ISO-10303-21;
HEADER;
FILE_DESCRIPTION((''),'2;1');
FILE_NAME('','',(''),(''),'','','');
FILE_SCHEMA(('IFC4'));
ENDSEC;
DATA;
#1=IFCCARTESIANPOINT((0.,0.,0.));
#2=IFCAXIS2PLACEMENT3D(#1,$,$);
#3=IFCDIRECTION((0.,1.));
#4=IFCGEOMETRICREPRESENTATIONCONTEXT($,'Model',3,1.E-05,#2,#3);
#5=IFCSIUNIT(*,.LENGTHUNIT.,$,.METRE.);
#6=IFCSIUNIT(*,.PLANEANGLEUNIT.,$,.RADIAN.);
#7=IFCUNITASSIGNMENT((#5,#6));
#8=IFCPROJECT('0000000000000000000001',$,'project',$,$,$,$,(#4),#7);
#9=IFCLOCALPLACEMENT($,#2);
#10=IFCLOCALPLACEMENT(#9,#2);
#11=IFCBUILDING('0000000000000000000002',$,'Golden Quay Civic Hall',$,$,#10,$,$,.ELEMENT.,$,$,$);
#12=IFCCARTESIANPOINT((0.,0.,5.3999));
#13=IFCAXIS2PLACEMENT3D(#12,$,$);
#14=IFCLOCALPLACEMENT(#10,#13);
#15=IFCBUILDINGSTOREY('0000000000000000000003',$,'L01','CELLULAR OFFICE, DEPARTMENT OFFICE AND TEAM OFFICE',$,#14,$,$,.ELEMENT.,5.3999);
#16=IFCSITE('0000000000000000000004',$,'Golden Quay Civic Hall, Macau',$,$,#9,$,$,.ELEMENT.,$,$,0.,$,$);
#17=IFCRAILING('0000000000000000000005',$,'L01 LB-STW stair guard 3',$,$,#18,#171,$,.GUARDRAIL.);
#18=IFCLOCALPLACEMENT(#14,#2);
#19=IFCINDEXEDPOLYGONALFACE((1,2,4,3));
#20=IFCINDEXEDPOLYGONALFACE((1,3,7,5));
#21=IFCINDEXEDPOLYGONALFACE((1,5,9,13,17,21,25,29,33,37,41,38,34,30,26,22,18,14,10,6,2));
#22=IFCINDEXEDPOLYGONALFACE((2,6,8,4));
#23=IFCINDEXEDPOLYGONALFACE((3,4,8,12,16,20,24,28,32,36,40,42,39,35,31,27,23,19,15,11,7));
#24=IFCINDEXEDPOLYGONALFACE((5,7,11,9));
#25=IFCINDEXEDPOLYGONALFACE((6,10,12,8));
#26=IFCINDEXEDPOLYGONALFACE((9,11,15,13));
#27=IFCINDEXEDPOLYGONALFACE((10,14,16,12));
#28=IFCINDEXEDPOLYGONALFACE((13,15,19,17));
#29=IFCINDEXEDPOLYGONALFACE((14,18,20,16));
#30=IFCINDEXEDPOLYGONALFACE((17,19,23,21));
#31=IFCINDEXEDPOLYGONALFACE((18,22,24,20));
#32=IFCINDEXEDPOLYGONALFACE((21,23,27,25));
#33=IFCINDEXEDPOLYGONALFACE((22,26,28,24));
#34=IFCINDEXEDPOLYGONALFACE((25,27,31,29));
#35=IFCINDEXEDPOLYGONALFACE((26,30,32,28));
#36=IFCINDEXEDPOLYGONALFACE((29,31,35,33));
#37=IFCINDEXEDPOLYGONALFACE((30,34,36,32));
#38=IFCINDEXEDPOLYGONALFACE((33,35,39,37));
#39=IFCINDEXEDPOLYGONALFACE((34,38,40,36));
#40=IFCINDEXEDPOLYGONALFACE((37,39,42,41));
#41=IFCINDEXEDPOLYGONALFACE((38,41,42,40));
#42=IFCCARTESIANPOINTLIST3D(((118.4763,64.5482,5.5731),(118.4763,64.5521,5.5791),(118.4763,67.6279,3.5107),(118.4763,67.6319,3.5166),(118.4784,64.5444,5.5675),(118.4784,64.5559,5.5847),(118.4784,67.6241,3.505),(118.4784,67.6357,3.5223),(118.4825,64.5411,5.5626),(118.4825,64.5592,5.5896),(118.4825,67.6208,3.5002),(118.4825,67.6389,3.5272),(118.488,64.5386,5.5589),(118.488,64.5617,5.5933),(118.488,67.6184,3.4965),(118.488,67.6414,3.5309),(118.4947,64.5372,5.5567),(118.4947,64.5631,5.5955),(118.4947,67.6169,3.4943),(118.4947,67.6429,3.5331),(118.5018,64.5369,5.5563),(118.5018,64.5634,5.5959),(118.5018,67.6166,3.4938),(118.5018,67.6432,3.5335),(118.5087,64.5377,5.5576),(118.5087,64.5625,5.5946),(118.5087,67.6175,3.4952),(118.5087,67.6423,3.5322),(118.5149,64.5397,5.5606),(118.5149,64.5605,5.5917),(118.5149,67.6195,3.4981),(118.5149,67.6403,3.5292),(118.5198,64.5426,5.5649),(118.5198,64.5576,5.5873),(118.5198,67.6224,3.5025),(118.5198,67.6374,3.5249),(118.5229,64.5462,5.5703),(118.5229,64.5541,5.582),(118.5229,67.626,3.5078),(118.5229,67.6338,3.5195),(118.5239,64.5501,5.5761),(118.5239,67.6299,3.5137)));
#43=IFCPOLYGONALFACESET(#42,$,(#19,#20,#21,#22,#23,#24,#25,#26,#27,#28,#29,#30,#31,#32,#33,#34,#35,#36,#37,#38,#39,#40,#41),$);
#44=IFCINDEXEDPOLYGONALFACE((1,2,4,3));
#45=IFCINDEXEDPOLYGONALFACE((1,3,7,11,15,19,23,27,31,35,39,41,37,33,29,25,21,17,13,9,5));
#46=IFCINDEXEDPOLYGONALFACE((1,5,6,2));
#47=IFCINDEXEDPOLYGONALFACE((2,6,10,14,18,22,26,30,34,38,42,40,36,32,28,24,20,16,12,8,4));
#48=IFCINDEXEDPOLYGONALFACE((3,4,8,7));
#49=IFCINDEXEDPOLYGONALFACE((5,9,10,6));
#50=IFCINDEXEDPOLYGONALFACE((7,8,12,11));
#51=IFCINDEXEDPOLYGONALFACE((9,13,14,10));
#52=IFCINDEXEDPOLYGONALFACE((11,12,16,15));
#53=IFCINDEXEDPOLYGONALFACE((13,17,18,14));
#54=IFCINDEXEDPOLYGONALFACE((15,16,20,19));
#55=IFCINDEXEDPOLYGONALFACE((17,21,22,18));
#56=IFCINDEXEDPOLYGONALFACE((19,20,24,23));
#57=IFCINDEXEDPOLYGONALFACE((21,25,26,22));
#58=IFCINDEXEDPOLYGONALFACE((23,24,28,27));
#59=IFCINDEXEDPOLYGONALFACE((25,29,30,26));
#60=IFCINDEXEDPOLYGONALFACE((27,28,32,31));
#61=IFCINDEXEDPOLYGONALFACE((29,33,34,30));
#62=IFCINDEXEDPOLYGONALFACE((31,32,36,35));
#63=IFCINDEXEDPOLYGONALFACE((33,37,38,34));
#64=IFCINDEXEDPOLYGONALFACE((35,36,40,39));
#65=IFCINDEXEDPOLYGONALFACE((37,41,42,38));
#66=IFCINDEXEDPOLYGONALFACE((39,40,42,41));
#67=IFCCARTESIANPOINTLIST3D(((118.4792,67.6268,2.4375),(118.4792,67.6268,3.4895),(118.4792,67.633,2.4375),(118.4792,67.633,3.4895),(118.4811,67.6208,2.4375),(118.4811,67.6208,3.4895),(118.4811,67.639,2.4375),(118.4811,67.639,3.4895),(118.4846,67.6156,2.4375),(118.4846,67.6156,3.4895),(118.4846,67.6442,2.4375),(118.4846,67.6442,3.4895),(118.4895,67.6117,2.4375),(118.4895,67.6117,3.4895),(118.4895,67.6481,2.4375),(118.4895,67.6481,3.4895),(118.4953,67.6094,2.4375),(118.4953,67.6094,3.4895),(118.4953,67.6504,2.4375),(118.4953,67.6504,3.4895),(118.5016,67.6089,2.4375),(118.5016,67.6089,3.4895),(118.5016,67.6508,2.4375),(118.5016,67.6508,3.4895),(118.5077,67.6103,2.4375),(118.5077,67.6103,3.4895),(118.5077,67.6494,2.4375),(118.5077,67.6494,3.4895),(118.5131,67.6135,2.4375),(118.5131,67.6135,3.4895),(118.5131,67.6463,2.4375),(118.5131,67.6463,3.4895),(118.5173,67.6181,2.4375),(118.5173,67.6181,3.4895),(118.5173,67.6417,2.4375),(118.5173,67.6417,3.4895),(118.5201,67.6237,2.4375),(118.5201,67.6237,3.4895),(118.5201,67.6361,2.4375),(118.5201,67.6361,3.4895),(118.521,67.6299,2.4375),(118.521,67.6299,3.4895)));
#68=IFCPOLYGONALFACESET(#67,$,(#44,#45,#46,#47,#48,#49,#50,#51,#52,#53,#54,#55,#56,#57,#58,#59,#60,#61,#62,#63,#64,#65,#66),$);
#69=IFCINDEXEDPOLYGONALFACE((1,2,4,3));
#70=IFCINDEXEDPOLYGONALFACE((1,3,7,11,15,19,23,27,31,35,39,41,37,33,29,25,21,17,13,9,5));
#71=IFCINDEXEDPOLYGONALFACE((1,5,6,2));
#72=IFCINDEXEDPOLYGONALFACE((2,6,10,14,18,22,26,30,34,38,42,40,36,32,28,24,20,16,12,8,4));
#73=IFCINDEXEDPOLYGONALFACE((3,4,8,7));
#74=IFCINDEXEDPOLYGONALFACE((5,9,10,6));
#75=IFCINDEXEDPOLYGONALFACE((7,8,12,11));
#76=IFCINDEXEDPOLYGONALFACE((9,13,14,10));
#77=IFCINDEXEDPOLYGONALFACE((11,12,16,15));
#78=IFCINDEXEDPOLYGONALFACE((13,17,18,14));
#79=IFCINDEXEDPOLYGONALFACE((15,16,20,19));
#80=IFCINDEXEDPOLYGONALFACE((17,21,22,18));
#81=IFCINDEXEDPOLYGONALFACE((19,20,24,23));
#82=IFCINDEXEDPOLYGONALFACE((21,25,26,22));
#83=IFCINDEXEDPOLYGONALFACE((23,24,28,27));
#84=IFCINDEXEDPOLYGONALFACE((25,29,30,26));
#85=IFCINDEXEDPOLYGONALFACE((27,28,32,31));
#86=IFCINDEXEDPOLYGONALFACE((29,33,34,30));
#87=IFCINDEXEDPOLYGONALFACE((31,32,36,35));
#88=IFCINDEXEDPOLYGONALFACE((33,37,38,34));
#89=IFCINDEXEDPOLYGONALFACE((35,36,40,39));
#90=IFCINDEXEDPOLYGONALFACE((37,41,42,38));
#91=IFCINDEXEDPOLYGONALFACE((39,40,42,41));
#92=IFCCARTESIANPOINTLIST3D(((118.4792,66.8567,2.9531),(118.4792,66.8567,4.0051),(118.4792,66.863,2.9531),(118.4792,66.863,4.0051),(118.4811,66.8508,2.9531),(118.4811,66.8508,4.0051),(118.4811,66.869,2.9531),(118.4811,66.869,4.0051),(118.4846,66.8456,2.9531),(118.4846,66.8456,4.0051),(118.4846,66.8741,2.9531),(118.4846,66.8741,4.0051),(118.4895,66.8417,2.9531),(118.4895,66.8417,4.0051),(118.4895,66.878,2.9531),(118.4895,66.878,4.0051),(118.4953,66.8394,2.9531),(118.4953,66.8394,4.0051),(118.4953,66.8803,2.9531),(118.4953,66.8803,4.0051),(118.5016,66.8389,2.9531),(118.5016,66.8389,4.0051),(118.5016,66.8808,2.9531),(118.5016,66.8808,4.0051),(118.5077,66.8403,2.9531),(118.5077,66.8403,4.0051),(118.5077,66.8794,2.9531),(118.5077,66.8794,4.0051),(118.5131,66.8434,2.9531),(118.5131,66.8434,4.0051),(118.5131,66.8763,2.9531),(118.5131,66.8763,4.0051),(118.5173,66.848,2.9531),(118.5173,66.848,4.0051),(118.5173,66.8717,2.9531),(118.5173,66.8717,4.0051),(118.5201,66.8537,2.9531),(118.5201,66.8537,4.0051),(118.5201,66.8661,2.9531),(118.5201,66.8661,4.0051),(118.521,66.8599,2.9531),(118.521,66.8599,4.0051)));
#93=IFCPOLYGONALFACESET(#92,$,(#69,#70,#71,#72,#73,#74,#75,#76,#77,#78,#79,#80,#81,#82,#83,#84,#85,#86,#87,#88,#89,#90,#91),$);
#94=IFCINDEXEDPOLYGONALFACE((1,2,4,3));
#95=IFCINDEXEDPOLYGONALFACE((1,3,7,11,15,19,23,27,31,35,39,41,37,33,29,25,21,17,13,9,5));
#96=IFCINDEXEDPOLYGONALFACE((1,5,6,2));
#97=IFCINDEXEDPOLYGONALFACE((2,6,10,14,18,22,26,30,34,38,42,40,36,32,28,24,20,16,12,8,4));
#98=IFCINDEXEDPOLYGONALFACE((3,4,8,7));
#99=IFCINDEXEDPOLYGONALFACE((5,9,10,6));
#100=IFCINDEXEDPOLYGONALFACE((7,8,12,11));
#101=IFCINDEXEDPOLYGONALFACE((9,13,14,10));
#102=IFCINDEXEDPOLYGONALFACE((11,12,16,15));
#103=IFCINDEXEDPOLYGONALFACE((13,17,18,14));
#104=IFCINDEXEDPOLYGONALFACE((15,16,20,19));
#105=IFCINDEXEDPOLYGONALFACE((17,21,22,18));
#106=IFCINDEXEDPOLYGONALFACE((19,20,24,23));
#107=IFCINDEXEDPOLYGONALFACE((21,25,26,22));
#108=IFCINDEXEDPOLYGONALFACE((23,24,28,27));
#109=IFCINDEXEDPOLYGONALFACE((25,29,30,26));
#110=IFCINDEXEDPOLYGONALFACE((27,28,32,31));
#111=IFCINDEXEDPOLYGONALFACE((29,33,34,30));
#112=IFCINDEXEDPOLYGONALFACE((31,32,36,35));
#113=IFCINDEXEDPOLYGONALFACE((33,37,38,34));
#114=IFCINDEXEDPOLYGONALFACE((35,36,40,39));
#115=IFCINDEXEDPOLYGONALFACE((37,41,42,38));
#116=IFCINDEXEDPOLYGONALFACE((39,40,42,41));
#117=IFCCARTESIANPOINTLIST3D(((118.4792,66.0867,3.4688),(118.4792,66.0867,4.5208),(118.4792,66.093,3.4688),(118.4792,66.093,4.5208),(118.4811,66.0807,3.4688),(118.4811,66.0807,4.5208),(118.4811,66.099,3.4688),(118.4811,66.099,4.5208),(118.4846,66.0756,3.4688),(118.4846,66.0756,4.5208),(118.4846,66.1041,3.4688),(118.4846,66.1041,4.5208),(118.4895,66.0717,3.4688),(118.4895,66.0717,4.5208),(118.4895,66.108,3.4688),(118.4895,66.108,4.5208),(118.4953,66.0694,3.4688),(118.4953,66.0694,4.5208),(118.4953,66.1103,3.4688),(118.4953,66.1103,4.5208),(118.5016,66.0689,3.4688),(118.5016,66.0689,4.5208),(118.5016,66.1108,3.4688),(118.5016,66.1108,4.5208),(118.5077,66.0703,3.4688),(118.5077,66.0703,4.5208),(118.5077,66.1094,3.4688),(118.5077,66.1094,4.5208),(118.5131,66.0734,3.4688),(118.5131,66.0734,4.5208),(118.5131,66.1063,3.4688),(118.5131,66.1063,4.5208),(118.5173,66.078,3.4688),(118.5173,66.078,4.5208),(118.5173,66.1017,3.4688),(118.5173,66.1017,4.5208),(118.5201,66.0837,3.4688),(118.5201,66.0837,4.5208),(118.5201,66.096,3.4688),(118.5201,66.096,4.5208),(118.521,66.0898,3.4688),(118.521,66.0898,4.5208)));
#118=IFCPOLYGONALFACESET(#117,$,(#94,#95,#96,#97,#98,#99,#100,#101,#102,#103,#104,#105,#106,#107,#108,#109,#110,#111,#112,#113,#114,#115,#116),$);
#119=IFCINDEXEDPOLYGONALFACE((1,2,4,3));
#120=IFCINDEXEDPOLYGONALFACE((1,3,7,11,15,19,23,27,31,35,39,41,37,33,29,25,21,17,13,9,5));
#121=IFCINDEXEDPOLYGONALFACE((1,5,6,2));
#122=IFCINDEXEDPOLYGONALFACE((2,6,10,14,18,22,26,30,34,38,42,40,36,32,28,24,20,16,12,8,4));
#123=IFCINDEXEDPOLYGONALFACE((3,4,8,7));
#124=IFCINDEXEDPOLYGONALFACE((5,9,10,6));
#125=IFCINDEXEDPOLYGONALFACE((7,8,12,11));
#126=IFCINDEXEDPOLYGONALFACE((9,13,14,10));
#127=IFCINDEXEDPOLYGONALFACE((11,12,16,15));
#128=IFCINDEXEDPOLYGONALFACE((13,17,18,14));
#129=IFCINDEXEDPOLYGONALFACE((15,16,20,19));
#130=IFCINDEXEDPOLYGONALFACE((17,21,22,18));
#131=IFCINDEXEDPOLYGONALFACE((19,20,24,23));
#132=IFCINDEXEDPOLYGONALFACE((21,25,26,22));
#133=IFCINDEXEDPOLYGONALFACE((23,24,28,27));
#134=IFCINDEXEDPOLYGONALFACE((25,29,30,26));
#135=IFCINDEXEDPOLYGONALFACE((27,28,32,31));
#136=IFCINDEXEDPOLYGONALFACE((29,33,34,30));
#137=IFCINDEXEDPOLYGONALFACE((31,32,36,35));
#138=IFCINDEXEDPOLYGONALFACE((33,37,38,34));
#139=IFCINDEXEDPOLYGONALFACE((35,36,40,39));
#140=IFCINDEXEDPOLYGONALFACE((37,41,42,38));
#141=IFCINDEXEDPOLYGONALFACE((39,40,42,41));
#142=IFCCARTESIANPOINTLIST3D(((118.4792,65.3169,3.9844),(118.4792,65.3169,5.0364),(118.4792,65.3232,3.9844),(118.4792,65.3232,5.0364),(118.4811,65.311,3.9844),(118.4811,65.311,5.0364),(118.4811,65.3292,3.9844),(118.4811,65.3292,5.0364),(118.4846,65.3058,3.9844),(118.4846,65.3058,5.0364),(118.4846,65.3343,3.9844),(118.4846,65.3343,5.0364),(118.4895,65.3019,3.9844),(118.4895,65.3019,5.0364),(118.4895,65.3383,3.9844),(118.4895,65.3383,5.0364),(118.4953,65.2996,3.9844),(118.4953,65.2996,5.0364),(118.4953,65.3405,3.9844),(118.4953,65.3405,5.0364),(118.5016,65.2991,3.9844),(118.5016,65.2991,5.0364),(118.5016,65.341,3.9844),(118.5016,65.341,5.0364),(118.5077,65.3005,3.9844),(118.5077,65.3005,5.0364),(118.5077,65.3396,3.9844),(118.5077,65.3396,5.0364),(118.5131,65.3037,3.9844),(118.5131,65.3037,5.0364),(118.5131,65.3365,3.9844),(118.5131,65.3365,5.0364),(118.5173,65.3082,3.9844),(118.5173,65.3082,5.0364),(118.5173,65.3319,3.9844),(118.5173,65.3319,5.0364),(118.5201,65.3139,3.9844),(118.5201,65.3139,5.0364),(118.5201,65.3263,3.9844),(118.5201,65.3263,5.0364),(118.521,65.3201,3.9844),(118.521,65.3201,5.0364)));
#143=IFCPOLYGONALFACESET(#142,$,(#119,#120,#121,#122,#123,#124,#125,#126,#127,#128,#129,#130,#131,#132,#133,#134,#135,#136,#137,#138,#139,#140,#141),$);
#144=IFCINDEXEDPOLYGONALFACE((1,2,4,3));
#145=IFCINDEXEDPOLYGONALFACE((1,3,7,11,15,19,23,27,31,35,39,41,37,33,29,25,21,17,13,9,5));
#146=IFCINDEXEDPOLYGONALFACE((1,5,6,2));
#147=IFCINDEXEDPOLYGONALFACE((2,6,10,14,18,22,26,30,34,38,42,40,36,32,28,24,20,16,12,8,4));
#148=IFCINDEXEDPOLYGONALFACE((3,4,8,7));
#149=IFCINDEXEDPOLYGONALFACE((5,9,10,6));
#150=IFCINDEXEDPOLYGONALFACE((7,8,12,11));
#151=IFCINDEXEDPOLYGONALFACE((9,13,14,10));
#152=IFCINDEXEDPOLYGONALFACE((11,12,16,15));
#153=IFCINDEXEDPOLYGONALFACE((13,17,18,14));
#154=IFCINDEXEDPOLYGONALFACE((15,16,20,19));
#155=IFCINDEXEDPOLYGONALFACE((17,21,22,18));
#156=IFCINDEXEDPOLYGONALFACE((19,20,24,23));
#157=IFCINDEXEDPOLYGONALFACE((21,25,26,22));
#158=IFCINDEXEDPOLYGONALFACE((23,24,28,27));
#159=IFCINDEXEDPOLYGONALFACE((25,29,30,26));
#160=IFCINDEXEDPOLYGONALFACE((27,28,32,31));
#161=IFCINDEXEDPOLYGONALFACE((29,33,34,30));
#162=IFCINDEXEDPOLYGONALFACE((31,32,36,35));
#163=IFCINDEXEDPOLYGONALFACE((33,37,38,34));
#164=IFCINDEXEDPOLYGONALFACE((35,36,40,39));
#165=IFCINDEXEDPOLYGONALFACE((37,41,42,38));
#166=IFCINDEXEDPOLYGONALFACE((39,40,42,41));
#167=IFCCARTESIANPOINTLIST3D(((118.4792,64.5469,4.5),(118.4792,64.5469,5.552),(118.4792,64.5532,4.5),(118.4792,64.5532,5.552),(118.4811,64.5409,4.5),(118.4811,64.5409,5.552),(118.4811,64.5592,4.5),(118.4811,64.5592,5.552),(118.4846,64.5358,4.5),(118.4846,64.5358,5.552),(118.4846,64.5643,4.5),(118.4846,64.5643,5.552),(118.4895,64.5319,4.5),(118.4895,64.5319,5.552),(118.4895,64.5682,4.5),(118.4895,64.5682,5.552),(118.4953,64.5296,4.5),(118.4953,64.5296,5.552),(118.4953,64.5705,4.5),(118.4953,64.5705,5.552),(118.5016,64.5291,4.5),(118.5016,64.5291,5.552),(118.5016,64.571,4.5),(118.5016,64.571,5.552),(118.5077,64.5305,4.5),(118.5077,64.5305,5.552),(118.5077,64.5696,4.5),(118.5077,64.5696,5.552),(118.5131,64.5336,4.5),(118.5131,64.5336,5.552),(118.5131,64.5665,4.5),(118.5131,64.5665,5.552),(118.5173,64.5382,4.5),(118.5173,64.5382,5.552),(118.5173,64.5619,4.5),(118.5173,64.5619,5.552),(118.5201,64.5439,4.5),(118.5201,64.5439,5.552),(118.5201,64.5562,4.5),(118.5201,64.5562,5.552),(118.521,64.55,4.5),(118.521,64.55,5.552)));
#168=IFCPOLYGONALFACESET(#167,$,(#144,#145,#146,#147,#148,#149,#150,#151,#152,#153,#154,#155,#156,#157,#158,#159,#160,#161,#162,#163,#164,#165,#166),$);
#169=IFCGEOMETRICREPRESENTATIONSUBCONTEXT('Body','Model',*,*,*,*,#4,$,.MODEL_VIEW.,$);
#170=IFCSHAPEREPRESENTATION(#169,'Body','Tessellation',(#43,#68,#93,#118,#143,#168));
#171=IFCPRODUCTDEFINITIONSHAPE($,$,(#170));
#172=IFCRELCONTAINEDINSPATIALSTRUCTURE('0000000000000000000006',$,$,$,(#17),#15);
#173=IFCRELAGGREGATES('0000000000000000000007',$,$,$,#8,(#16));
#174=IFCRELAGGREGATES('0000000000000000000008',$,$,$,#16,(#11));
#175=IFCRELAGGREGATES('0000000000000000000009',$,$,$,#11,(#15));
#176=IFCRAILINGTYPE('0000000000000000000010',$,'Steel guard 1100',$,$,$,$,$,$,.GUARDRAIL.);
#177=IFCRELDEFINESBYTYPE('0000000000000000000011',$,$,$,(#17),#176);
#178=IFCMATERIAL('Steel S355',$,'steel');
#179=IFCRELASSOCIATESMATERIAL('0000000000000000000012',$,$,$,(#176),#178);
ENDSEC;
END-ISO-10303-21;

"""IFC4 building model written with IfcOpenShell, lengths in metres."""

from ifc_helpers import new_model, si_unit, direction, frame, origin, origin_2d, place, context, subcontext, project, spatial, circle, extrude, material, type_object, element, save


model = new_model("IFC4")

# Units and contexts
model_context = context("Model", 3, precision=1e-05, world=origin(), true_north=direction((0.0, 1.0)))
body_context = subcontext(model_context, "Body", "Model", "MODEL_VIEW")
ifc_project = project(units=[si_unit("LENGTHUNIT", "METRE"), si_unit("PLANEANGLEUNIT", "RADIAN")], contexts=[model_context])

# Site, building, storey
site_placement = place(None, origin())
site = spatial("IfcSite", under=ifc_project, at=site_placement, Name="Golden Quay Civic Hall, Macau", CompositionType="ELEMENT", RefElevation=0.0)
building_placement = place(site_placement, origin())
building = spatial("IfcBuilding", under=site, at=building_placement, Name="Golden Quay Civic Hall", CompositionType="ELEMENT")
storey_placement = place(building_placement, frame((0.0, 0.0, 5.3999)))
storey = spatial("IfcBuildingStorey", under=building, at=storey_placement, Name="L01", Description="CELLULAR OFFICE, DEPARTMENT OFFICE AND TEAM OFFICE", CompositionType="ELEMENT", Elevation=5.3999)

# Railing
ifc_material_1 = material(Name="Steel S355", Category="steel")
railing_type_1 = type_object("IfcRailingType", Name="Steel guard 1100", PredefinedType="GUARDRAIL", material=ifc_material_1)
railing_1_placement = place(storey_placement, frame((118.5, 67.6299, 2.4375)))
element("IfcRailing", 1, at=railing_1_placement, inside=storey, type_object=railing_type_1, Name="L01 LB-STW stair guard 3", PredefinedType="GUARDRAIL", context=body_context, shape_type="SweptSolid", body=[
    extrude(circle(Radius=0.0239, at=origin_2d()), frame((0.0, 0.0, 1.0762), z_axis=(0.0, -0.830893, 0.556432), x_axis=(1.0, 0.0, 0.0)), (0.0, 0.0, 1.0), 3.7065),
    extrude(circle(Radius=0.021, at=origin_2d()), origin(), (0.0, 0.0, 1.0), 1.052),
    extrude(circle(Radius=0.021, at=origin_2d()), frame((0.0, -0.77, 0.5156)), (0.0, 0.0, 1.0), 1.052),
    extrude(circle(Radius=0.021, at=origin_2d()), frame((0.0, -1.54, 1.0312)), (0.0, 0.0, 1.0), 1.052),
    extrude(circle(Radius=0.021, at=origin_2d()), frame((0.0, -2.3098, 1.5469)), (0.0, 0.0, 1.0), 1.052),
    extrude(circle(Radius=0.021, at=origin_2d()), frame((0.0, -3.0798, 2.0625)), (0.0, 0.0, 1.0), 1.052),
])

save(model, "model.ifc")
